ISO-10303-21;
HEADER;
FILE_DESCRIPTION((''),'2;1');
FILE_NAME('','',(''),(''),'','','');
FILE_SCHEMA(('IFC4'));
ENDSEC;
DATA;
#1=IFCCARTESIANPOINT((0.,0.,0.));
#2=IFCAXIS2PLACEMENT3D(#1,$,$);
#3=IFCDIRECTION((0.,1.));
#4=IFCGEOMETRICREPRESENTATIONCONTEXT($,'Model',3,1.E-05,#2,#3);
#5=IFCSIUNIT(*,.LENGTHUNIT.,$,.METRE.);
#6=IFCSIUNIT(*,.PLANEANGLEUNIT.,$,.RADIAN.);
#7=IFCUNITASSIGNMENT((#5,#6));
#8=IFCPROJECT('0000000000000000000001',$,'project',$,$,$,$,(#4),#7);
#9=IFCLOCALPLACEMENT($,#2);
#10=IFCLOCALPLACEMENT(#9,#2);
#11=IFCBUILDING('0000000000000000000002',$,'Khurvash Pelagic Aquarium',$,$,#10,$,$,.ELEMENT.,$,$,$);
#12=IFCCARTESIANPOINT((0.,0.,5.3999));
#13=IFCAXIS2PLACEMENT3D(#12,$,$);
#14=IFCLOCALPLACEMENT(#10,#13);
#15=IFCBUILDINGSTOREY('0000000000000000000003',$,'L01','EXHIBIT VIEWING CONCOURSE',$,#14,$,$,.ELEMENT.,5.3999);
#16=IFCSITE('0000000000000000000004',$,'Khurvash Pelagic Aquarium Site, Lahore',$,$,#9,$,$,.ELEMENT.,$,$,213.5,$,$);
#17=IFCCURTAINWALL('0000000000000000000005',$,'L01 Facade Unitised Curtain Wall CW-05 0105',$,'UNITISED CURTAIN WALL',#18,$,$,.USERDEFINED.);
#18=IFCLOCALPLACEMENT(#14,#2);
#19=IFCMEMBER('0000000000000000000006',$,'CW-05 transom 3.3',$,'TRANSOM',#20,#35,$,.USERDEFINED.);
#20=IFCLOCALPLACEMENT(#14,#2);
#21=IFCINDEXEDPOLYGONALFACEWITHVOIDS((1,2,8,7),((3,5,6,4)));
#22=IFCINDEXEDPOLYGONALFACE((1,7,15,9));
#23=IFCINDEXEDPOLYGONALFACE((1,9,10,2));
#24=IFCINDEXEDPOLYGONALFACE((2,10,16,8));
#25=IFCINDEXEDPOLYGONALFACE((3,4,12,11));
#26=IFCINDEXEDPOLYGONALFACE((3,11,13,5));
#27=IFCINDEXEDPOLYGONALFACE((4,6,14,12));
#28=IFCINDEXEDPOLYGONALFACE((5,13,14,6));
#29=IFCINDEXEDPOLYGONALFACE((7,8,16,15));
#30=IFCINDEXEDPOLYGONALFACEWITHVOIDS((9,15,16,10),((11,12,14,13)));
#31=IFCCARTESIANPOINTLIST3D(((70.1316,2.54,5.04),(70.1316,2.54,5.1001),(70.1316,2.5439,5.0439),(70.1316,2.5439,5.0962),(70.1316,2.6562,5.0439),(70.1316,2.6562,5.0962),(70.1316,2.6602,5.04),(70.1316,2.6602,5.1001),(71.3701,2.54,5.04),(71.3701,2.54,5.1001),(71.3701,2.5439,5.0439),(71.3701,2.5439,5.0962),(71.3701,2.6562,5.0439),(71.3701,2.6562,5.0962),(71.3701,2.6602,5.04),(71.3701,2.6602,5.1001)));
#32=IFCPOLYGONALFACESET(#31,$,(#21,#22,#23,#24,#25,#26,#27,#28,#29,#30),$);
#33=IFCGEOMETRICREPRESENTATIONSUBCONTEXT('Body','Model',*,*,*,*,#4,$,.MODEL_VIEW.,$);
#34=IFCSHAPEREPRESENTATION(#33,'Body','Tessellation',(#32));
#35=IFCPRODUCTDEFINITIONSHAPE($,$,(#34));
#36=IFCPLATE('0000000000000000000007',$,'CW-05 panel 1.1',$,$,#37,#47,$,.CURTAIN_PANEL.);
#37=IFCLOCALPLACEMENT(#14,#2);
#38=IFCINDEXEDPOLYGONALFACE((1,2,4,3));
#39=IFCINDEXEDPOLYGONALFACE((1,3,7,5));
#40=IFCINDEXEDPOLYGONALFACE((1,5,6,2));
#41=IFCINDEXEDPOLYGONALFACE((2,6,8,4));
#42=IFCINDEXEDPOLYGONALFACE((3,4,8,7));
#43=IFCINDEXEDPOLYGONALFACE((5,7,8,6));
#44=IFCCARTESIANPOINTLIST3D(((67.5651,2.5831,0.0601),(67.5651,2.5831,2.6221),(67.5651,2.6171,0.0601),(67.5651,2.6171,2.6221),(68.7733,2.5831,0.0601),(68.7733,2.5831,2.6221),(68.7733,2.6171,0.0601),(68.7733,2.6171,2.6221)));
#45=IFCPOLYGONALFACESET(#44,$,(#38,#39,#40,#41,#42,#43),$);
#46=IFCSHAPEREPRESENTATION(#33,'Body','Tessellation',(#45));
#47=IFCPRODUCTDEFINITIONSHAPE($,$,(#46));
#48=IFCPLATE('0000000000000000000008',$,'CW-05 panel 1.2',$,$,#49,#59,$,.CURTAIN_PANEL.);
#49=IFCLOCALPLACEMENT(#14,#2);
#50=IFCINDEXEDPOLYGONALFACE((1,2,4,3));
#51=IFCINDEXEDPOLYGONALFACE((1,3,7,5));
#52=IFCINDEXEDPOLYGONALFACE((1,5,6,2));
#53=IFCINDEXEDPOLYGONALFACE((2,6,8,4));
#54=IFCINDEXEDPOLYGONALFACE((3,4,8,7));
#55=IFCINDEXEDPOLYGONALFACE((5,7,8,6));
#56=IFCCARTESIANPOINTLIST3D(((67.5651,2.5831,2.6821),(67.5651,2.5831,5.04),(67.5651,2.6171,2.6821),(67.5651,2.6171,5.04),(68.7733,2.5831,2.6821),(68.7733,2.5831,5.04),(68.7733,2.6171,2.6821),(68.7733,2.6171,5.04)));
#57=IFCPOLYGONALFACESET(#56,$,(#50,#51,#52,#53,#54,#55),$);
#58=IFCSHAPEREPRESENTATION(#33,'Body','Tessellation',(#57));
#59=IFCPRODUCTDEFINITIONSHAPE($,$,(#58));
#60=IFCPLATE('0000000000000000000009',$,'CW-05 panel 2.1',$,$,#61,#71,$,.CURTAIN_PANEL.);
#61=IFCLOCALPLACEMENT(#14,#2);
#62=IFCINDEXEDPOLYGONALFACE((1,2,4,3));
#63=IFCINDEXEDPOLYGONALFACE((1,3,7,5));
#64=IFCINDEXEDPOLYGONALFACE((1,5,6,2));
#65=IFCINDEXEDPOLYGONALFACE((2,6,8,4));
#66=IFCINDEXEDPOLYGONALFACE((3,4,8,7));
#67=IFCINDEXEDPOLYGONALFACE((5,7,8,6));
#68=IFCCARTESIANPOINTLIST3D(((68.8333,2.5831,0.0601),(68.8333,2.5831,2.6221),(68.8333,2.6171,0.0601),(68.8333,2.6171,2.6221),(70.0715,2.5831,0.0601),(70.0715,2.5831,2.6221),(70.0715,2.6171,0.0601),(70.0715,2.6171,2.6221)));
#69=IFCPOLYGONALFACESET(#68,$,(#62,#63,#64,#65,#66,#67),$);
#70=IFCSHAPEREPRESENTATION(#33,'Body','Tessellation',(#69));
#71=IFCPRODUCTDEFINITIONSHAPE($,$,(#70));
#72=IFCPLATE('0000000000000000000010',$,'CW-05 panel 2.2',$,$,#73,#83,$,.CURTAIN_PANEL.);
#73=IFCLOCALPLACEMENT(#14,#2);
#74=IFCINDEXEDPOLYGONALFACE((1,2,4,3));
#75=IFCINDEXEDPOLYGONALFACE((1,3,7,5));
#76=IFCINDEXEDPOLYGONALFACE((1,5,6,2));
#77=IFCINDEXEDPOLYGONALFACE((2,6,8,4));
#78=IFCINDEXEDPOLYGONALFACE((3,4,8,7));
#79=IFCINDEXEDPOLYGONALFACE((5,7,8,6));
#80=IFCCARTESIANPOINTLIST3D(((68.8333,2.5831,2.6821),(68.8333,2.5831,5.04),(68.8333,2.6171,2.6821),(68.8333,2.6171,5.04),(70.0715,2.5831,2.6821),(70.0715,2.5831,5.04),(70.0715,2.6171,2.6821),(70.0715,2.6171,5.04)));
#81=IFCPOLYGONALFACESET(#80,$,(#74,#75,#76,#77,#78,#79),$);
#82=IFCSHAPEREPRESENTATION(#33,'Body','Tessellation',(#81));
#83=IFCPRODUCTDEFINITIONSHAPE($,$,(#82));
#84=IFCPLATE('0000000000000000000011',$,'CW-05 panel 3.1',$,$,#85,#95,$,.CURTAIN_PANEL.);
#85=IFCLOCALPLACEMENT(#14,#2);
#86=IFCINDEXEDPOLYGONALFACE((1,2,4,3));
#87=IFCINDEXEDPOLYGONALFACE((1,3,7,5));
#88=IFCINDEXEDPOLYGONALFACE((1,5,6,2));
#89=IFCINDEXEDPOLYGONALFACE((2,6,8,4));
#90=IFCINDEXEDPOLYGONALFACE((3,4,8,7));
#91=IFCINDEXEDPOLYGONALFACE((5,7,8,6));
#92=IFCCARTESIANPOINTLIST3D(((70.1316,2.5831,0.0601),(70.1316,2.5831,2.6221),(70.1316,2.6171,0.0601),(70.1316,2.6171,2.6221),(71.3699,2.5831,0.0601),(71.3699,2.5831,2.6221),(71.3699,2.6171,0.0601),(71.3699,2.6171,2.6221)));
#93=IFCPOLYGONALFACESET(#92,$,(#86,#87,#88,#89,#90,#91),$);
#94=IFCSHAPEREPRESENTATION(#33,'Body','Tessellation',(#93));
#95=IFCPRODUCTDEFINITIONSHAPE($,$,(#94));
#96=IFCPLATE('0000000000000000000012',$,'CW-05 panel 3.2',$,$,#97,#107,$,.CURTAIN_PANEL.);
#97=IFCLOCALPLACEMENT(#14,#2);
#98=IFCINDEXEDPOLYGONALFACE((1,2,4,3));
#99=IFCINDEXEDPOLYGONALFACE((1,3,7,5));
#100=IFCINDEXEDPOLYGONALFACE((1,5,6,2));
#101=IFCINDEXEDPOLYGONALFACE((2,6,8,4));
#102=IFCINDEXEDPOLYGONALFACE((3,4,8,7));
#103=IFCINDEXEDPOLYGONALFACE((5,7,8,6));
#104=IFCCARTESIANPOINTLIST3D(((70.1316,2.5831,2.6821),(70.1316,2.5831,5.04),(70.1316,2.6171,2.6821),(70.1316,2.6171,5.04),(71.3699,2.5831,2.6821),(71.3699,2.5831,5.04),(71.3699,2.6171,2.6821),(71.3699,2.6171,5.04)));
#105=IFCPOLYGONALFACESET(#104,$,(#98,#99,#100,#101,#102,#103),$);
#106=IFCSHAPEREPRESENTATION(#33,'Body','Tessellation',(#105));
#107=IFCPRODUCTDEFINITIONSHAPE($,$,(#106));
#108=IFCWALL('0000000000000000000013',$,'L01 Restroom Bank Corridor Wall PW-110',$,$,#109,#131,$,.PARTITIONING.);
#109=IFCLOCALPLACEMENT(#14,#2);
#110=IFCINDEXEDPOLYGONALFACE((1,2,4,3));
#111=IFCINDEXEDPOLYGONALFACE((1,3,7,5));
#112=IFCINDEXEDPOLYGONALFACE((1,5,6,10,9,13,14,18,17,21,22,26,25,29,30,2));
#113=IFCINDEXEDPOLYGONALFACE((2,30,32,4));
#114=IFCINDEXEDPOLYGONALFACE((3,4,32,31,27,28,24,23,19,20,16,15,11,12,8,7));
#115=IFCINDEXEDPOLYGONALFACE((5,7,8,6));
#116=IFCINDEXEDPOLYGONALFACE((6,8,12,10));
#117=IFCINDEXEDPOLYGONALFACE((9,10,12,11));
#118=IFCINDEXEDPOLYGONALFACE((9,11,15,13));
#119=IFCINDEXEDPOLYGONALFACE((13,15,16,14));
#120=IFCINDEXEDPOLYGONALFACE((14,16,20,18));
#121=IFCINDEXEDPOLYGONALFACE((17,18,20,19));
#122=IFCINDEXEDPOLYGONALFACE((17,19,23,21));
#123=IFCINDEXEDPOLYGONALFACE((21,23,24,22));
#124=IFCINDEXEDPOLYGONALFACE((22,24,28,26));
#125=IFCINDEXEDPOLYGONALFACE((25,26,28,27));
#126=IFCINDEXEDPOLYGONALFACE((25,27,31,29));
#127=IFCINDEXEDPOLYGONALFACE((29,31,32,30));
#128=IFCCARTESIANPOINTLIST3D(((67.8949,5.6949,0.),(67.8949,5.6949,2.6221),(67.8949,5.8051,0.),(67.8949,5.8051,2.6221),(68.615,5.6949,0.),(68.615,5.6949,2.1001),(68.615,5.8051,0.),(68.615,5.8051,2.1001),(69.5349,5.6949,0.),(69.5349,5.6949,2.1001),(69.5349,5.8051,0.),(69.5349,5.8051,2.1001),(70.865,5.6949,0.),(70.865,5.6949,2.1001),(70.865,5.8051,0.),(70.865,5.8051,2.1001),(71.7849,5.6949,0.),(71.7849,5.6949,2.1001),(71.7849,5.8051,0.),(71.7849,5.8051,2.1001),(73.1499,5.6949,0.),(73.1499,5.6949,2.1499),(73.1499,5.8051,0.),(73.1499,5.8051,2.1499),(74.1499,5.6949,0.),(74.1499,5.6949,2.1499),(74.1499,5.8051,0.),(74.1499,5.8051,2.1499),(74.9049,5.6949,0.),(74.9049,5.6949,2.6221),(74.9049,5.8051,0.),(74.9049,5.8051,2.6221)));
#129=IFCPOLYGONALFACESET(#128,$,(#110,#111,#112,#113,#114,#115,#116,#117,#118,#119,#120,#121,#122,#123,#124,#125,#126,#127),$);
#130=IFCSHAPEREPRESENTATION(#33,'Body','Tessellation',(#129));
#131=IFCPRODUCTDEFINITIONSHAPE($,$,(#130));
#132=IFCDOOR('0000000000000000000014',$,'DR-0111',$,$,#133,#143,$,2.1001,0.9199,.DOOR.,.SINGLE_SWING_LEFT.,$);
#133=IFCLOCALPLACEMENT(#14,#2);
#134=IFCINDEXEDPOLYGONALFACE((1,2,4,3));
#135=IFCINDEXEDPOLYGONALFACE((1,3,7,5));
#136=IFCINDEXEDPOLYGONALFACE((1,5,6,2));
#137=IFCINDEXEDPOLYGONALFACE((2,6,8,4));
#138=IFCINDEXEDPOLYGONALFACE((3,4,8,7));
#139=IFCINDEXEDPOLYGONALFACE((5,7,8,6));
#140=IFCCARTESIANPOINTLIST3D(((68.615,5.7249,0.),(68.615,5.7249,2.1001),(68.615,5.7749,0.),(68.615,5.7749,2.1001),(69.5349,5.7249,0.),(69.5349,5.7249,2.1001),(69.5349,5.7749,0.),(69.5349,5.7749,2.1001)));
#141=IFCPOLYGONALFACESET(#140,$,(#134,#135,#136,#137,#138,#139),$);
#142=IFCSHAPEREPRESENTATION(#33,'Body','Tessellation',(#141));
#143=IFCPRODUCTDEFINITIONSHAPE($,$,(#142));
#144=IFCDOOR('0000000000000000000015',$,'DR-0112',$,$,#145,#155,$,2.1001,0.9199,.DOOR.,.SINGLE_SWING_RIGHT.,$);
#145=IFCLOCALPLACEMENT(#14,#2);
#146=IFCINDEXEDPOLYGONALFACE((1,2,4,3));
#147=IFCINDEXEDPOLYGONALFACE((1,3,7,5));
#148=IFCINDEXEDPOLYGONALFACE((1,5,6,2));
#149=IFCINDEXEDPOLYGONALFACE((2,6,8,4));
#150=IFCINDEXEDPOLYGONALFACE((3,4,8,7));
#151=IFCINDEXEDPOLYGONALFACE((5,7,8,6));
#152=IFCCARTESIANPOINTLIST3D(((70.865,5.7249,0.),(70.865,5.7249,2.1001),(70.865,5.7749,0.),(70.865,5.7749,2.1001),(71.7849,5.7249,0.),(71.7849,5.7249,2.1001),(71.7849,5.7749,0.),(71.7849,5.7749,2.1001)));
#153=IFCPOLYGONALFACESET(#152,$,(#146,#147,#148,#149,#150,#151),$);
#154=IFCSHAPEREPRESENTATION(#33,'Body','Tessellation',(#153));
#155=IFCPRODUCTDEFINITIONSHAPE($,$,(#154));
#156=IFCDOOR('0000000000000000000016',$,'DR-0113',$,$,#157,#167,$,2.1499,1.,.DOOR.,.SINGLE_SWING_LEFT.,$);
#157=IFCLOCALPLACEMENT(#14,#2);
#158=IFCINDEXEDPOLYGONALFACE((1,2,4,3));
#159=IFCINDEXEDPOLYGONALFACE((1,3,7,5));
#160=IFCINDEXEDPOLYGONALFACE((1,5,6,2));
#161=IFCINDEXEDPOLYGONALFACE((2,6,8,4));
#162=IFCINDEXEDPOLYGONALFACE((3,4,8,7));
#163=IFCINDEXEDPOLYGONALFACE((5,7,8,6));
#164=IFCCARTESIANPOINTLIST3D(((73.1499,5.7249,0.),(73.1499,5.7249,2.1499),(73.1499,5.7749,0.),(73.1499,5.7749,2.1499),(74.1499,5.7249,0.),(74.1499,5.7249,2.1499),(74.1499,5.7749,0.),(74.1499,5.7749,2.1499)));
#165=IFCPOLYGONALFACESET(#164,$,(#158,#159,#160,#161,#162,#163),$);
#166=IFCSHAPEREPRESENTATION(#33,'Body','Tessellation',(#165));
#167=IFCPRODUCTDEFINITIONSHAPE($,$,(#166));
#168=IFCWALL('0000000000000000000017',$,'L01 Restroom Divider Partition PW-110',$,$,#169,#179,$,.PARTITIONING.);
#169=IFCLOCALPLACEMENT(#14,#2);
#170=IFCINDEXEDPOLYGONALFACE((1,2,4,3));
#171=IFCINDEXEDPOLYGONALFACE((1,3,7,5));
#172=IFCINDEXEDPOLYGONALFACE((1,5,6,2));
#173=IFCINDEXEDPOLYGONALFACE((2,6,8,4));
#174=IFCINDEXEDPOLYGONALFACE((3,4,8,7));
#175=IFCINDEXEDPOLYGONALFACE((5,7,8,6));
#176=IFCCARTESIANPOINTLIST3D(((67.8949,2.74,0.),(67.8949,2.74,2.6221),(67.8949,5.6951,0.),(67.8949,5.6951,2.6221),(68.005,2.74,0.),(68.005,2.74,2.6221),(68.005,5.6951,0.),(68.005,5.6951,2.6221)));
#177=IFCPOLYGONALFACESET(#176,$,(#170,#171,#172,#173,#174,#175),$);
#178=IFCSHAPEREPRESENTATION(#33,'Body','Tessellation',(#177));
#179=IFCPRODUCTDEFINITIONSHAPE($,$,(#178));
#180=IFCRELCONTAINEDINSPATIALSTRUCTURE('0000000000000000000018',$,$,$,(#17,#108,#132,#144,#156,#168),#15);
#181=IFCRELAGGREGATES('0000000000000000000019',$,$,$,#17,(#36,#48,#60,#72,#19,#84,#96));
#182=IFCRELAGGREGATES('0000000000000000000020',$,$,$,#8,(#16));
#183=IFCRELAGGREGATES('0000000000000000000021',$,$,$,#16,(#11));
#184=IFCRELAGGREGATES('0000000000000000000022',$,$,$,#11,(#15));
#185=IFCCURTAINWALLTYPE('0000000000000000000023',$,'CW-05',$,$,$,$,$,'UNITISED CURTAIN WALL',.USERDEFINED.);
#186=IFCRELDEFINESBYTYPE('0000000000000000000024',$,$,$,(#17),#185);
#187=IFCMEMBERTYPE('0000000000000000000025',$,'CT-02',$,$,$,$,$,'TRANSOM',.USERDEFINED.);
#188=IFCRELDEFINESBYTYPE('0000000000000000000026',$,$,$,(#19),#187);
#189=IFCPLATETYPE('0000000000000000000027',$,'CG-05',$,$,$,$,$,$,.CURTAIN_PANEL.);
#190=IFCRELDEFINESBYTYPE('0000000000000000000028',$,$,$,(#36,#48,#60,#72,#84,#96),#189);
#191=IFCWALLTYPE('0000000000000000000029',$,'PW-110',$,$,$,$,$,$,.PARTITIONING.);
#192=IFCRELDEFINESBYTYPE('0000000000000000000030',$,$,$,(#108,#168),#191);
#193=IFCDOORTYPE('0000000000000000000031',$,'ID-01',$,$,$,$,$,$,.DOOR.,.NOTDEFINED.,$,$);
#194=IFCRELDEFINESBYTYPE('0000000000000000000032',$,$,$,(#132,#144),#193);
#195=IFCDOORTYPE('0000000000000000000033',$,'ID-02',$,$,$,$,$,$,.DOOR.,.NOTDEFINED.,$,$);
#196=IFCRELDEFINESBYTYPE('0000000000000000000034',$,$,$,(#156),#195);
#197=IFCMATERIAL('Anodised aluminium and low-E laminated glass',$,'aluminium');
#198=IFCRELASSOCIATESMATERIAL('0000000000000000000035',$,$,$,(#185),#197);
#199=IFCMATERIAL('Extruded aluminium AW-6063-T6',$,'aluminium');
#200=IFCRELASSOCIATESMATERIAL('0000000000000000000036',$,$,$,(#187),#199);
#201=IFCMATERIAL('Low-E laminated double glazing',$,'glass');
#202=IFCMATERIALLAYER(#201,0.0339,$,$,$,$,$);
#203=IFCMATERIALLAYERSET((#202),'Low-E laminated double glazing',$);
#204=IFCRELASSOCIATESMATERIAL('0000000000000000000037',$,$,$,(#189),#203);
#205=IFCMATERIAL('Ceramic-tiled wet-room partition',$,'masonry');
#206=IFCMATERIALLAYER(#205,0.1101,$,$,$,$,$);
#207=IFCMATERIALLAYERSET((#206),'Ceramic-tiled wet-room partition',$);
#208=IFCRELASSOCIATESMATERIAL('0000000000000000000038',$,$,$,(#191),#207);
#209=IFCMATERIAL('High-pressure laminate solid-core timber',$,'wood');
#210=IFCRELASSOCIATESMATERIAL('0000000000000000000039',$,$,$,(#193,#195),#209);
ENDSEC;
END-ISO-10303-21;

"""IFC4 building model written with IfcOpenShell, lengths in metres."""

from ifc_helpers import new_model, si_unit, direction, frame, frame_2d, origin, origin_2d, place, context, subcontext, project, spatial, rectangle, hollow_rectangle, extrude, material, layer, layer_set, material_profile, profile_set, type_object, element, fill, aggregate, save


model = new_model("IFC4")

# Units and contexts
model_context = context("Model", 3, precision=1e-05, world=origin(), true_north=direction((0.0, 1.0)))
body_context = subcontext(model_context, "Body", "Model", "MODEL_VIEW")
ifc_project = project(units=[si_unit("LENGTHUNIT", "METRE"), si_unit("PLANEANGLEUNIT", "RADIAN")], contexts=[model_context])

# Site, building, storey
site_placement = place(None, origin())
site = spatial("IfcSite", under=ifc_project, at=site_placement, Name="Khurvash Pelagic Aquarium Site, Lahore", CompositionType="ELEMENT", RefElevation=213.5)
building_placement = place(site_placement, origin())
building = spatial("IfcBuilding", under=site, at=building_placement, Name="Khurvash Pelagic Aquarium", CompositionType="ELEMENT")
storey_placement = place(building_placement, frame((0.0, 0.0, 5.3999)))
storey = spatial("IfcBuildingStorey", under=building, at=storey_placement, Name="L01", Description="EXHIBIT VIEWING CONCOURSE", CompositionType="ELEMENT", Elevation=5.3999)

# Curtain wall, member, plates
ifc_material_1 = material(Name="Anodised aluminium and low-E laminated glass", Category="aluminium")
curtain_wall_type = type_object("IfcCurtainWallType", Name="CW-05", ElementType="UNITISED CURTAIN WALL", PredefinedType="USERDEFINED", material=ifc_material_1)
curtain_wall_placement = place(storey_placement, origin())
curtain_wall = element("IfcCurtainWall", 1, at=curtain_wall_placement, inside=storey, type_object=curtain_wall_type, Name="L01 Facade Unitised Curtain Wall CW-05 0105", ObjectType="UNITISED CURTAIN WALL", PredefinedType="USERDEFINED")
ifc_material_2 = material(Name="Extruded aluminium AW-6063-T6", Category="aluminium")
ifc_material_profile_1 = material_profile(ifc_material_2, hollow_rectangle(XDim=0.1201, YDim=0.0601, WallThickness=0.0039, at=origin_2d()), Name="CWT120X60X4")
ifc_profile_set_1 = profile_set([ifc_material_profile_1], Name="Extruded aluminium AW-6063-T6")
member_type_1 = type_object("IfcMemberType", Name="CT-02", ElementType="TRANSOM", PredefinedType="USERDEFINED", material=ifc_profile_set_1)
member_1_placement = place(storey_placement, frame((70.1316, 2.6001, 5.0701), z_axis=(1.0, 0.0, 0.0), x_axis=(0.0, 1.0, 0.0)))
member_1 = element("IfcMember", 2, at=member_1_placement, type_object=member_type_1, Name="CW-05 transom 3.3", ObjectType="TRANSOM", PredefinedType="USERDEFINED", context=body_context, shape_type="SweptSolid", body=[
    extrude(hollow_rectangle(XDim=0.1201, YDim=0.0601, WallThickness=0.0039, at=origin_2d()), origin(), (0.0, 0.0, 1.0), 1.2385),
])
ifc_material_3 = material(Name="Low-E laminated double glazing", Category="glass")
ifc_layer_1 = layer(ifc_material_3, 0.0339)
ifc_layer_set_1 = layer_set([ifc_layer_1], Name="Low-E laminated double glazing")
plate_type = type_object("IfcPlateType", Name="CG-05", PredefinedType="CURTAIN_PANEL", material=ifc_layer_set_1)
plate_1_placement = place(storey_placement, frame((68.1692, 2.6001, 0.0601), z_axis=(0.0, 0.0, 1.0), x_axis=(1.0, 0.0, 0.0)))
plate_1 = element("IfcPlate", 3, at=plate_1_placement, type_object=plate_type, Name="CW-05 panel 1.1", PredefinedType="CURTAIN_PANEL", context=body_context, shape_type="SweptSolid", body=[
    extrude(rectangle(XDim=1.2083, YDim=0.0339, at=origin_2d()), origin(), (0.0, 0.0, 1.0), 2.562),
])
plate_2_placement = place(storey_placement, frame((68.1692, 2.6001, 2.6821), z_axis=(0.0, 0.0, 1.0), x_axis=(1.0, 0.0, 0.0)))
plate_2 = element("IfcPlate", 4, at=plate_2_placement, type_object=plate_type, Name="CW-05 panel 1.2", PredefinedType="CURTAIN_PANEL", context=body_context, shape_type="SweptSolid", body=[
    extrude(rectangle(XDim=1.2083, YDim=0.0339, at=origin_2d()), origin(), (0.0, 0.0, 1.0), 2.3579),
])
plate_3_placement = place(storey_placement, frame((69.4524, 2.6001, 0.0601), z_axis=(0.0, 0.0, 1.0), x_axis=(1.0, 0.0, 0.0)))
plate_3 = element("IfcPlate", 5, at=plate_3_placement, type_object=plate_type, Name="CW-05 panel 2.1", PredefinedType="CURTAIN_PANEL", context=body_context, shape_type="SweptSolid", body=[
    extrude(rectangle(XDim=1.2383, YDim=0.0339, at=origin_2d()), origin(), (0.0, 0.0, 1.0), 2.562),
])
plate_4_placement = place(storey_placement, frame((69.4524, 2.6001, 2.6821), z_axis=(0.0, 0.0, 1.0), x_axis=(1.0, 0.0, 0.0)))
plate_4 = element("IfcPlate", 6, at=plate_4_placement, type_object=plate_type, Name="CW-05 panel 2.2", PredefinedType="CURTAIN_PANEL", context=body_context, shape_type="SweptSolid", body=[
    extrude(rectangle(XDim=1.2383, YDim=0.0339, at=origin_2d()), origin(), (0.0, 0.0, 1.0), 2.3579),
])
plate_5_placement = place(storey_placement, frame((70.7507, 2.6001, 0.0601), z_axis=(0.0, 0.0, 1.0), x_axis=(1.0, 0.0, 0.0)))
plate_5 = element("IfcPlate", 7, at=plate_5_placement, type_object=plate_type, Name="CW-05 panel 3.1", PredefinedType="CURTAIN_PANEL", context=body_context, shape_type="SweptSolid", body=[
    extrude(rectangle(XDim=1.2383, YDim=0.0339, at=origin_2d()), origin(), (0.0, 0.0, 1.0), 2.562),
])
plate_6_placement = place(storey_placement, frame((70.7507, 2.6001, 2.6821), z_axis=(0.0, 0.0, 1.0), x_axis=(1.0, 0.0, 0.0)))
plate_6 = element("IfcPlate", 8, at=plate_6_placement, type_object=plate_type, Name="CW-05 panel 3.2", PredefinedType="CURTAIN_PANEL", context=body_context, shape_type="SweptSolid", body=[
    extrude(rectangle(XDim=1.2383, YDim=0.0339, at=origin_2d()), origin(), (0.0, 0.0, 1.0), 2.3579),
])
aggregate(curtain_wall, [plate_1, plate_2, plate_3, plate_4, member_1, plate_5, plate_6])

# Wall, openings, doors
ifc_material_4 = material(Name="Ceramic-tiled wet-room partition", Category="masonry")
ifc_layer_2 = layer(ifc_material_4, 0.1101)
ifc_layer_set_2 = layer_set([ifc_layer_2], Name="Ceramic-tiled wet-room partition")
wall_type = type_object("IfcWallType", Name="PW-110", PredefinedType="PARTITIONING", material=ifc_layer_set_2)
wall_placement = place(storey_placement, frame((67.895, 5.75, 0.0), z_axis=(0.0, 0.0, 1.0), x_axis=(1.0, 0.0, 0.0)))
wall = element("IfcWall", 9, at=wall_placement, inside=storey, type_object=wall_type, Name="L01 Restroom Bank Corridor Wall PW-110", PredefinedType="PARTITIONING", context=body_context, shape_type="SweptSolid", body=[
    extrude(rectangle(XDim=7.01, YDim=0.1101, at=frame_2d((3.5049, 0.0))), origin(), (0.0, 0.0, 1.0), 2.6221),
])
opening_1_placement = place(wall_placement, frame((0.72, 0.0, 0.0)))
opening_1 = element("IfcOpeningElement", 10, at=opening_1_placement, cuts=wall, PredefinedType="OPENING", context=body_context, shape_type="SweptSolid", body=[
    extrude(rectangle(XDim=0.9199, YDim=2.1001, at=frame_2d((0.46, 1.05))), frame((0.0, 0.0649, 0.0), z_axis=(0.0, -1.0, 0.0), x_axis=(1.0, 0.0, 0.0)), (0.0, 0.0, 1.0), 0.1301),
])
opening_2_placement = place(wall_placement, frame((2.97, 0.0, 0.0)))
opening_2 = element("IfcOpeningElement", 11, at=opening_2_placement, cuts=wall, PredefinedType="OPENING", context=body_context, shape_type="SweptSolid", body=[
    extrude(rectangle(XDim=0.9199, YDim=2.1001, at=frame_2d((0.46, 1.05))), frame((0.0, 0.0649, 0.0), z_axis=(0.0, -1.0, 0.0), x_axis=(1.0, 0.0, 0.0)), (0.0, 0.0, 1.0), 0.1301),
])
opening_3_placement = place(wall_placement, frame((5.2549, 0.0, 0.0)))
opening_3 = element("IfcOpeningElement", 12, at=opening_3_placement, cuts=wall, PredefinedType="OPENING", context=body_context, shape_type="SweptSolid", body=[
    extrude(rectangle(XDim=1.0, YDim=2.1499, at=frame_2d((0.5, 1.075))), frame((0.0, 0.0649, 0.0), z_axis=(0.0, -1.0, 0.0), x_axis=(1.0, 0.0, 0.0)), (0.0, 0.0, 1.0), 0.1301),
])
ifc_material_5 = material(Name="High-pressure laminate solid-core timber", Category="wood")
door_type_1 = type_object("IfcDoorType", Name="ID-01", OperationType="NOTDEFINED", PredefinedType="DOOR", material=ifc_material_5)
door_1_placement = place(opening_1_placement, origin())
door_1 = element("IfcDoor", 13, at=door_1_placement, inside=storey, type_object=door_type_1, Name="DR-0111", OperationType="SINGLE_SWING_LEFT", OverallHeight=2.1001, OverallWidth=0.9199, PredefinedType="DOOR", context=body_context, shape_type="SweptSolid", body=[
    extrude(rectangle(XDim=0.9199, YDim=2.1001, at=frame_2d((0.46, 1.05))), frame((0.0, 0.0249, 0.0), z_axis=(0.0, -1.0, 0.0), x_axis=(1.0, 0.0, 0.0)), (0.0, 0.0, 1.0), 0.05),
])
fill(opening_1, door_1)
door_2_placement = place(opening_2_placement, origin())
door_2 = element("IfcDoor", 14, at=door_2_placement, inside=storey, type_object=door_type_1, Name="DR-0112", OperationType="SINGLE_SWING_RIGHT", OverallHeight=2.1001, OverallWidth=0.9199, PredefinedType="DOOR", context=body_context, shape_type="SweptSolid", body=[
    extrude(rectangle(XDim=0.9199, YDim=2.1001, at=frame_2d((0.46, 1.05))), frame((0.0, 0.0249, 0.0), z_axis=(0.0, -1.0, 0.0), x_axis=(1.0, 0.0, 0.0)), (0.0, 0.0, 1.0), 0.05),
])
fill(opening_2, door_2)
door_type_2 = type_object("IfcDoorType", Name="ID-02", OperationType="NOTDEFINED", PredefinedType="DOOR", material=ifc_material_5)
door_3_placement = place(opening_3_placement, origin())
door_3 = element("IfcDoor", 15, at=door_3_placement, inside=storey, type_object=door_type_2, Name="DR-0113", OperationType="SINGLE_SWING_LEFT", OverallHeight=2.1499, OverallWidth=1.0, PredefinedType="DOOR", context=body_context, shape_type="SweptSolid", body=[
    extrude(rectangle(XDim=1.0, YDim=2.1499, at=frame_2d((0.5, 1.075))), frame((0.0, 0.0249, 0.0), z_axis=(0.0, -1.0, 0.0), x_axis=(1.0, 0.0, 0.0)), (0.0, 0.0, 1.0), 0.05),
])
fill(opening_3, door_3)

# Wall
for number, where, z_axis, x_axis, name in (
    (16, (67.95, 2.74, 0.0), (0.0, 0.0, 1.0), (0.0, 1.0, 0.0), "L01 Restroom Divider Partition PW-110"),
):
    element("IfcWall", number, at=place(storey_placement, frame(where, z_axis=z_axis, x_axis=x_axis)), inside=storey, type_object=wall_type, Name=name, PredefinedType="PARTITIONING", context=body_context, shape_type="SweptSolid", body=[
        extrude(rectangle(XDim=2.9551, YDim=0.1101, at=frame_2d((1.4775, 0.0))), origin(), (0.0, 0.0, 1.0), 2.6221),
    ])

save(model, "model.ifc")
